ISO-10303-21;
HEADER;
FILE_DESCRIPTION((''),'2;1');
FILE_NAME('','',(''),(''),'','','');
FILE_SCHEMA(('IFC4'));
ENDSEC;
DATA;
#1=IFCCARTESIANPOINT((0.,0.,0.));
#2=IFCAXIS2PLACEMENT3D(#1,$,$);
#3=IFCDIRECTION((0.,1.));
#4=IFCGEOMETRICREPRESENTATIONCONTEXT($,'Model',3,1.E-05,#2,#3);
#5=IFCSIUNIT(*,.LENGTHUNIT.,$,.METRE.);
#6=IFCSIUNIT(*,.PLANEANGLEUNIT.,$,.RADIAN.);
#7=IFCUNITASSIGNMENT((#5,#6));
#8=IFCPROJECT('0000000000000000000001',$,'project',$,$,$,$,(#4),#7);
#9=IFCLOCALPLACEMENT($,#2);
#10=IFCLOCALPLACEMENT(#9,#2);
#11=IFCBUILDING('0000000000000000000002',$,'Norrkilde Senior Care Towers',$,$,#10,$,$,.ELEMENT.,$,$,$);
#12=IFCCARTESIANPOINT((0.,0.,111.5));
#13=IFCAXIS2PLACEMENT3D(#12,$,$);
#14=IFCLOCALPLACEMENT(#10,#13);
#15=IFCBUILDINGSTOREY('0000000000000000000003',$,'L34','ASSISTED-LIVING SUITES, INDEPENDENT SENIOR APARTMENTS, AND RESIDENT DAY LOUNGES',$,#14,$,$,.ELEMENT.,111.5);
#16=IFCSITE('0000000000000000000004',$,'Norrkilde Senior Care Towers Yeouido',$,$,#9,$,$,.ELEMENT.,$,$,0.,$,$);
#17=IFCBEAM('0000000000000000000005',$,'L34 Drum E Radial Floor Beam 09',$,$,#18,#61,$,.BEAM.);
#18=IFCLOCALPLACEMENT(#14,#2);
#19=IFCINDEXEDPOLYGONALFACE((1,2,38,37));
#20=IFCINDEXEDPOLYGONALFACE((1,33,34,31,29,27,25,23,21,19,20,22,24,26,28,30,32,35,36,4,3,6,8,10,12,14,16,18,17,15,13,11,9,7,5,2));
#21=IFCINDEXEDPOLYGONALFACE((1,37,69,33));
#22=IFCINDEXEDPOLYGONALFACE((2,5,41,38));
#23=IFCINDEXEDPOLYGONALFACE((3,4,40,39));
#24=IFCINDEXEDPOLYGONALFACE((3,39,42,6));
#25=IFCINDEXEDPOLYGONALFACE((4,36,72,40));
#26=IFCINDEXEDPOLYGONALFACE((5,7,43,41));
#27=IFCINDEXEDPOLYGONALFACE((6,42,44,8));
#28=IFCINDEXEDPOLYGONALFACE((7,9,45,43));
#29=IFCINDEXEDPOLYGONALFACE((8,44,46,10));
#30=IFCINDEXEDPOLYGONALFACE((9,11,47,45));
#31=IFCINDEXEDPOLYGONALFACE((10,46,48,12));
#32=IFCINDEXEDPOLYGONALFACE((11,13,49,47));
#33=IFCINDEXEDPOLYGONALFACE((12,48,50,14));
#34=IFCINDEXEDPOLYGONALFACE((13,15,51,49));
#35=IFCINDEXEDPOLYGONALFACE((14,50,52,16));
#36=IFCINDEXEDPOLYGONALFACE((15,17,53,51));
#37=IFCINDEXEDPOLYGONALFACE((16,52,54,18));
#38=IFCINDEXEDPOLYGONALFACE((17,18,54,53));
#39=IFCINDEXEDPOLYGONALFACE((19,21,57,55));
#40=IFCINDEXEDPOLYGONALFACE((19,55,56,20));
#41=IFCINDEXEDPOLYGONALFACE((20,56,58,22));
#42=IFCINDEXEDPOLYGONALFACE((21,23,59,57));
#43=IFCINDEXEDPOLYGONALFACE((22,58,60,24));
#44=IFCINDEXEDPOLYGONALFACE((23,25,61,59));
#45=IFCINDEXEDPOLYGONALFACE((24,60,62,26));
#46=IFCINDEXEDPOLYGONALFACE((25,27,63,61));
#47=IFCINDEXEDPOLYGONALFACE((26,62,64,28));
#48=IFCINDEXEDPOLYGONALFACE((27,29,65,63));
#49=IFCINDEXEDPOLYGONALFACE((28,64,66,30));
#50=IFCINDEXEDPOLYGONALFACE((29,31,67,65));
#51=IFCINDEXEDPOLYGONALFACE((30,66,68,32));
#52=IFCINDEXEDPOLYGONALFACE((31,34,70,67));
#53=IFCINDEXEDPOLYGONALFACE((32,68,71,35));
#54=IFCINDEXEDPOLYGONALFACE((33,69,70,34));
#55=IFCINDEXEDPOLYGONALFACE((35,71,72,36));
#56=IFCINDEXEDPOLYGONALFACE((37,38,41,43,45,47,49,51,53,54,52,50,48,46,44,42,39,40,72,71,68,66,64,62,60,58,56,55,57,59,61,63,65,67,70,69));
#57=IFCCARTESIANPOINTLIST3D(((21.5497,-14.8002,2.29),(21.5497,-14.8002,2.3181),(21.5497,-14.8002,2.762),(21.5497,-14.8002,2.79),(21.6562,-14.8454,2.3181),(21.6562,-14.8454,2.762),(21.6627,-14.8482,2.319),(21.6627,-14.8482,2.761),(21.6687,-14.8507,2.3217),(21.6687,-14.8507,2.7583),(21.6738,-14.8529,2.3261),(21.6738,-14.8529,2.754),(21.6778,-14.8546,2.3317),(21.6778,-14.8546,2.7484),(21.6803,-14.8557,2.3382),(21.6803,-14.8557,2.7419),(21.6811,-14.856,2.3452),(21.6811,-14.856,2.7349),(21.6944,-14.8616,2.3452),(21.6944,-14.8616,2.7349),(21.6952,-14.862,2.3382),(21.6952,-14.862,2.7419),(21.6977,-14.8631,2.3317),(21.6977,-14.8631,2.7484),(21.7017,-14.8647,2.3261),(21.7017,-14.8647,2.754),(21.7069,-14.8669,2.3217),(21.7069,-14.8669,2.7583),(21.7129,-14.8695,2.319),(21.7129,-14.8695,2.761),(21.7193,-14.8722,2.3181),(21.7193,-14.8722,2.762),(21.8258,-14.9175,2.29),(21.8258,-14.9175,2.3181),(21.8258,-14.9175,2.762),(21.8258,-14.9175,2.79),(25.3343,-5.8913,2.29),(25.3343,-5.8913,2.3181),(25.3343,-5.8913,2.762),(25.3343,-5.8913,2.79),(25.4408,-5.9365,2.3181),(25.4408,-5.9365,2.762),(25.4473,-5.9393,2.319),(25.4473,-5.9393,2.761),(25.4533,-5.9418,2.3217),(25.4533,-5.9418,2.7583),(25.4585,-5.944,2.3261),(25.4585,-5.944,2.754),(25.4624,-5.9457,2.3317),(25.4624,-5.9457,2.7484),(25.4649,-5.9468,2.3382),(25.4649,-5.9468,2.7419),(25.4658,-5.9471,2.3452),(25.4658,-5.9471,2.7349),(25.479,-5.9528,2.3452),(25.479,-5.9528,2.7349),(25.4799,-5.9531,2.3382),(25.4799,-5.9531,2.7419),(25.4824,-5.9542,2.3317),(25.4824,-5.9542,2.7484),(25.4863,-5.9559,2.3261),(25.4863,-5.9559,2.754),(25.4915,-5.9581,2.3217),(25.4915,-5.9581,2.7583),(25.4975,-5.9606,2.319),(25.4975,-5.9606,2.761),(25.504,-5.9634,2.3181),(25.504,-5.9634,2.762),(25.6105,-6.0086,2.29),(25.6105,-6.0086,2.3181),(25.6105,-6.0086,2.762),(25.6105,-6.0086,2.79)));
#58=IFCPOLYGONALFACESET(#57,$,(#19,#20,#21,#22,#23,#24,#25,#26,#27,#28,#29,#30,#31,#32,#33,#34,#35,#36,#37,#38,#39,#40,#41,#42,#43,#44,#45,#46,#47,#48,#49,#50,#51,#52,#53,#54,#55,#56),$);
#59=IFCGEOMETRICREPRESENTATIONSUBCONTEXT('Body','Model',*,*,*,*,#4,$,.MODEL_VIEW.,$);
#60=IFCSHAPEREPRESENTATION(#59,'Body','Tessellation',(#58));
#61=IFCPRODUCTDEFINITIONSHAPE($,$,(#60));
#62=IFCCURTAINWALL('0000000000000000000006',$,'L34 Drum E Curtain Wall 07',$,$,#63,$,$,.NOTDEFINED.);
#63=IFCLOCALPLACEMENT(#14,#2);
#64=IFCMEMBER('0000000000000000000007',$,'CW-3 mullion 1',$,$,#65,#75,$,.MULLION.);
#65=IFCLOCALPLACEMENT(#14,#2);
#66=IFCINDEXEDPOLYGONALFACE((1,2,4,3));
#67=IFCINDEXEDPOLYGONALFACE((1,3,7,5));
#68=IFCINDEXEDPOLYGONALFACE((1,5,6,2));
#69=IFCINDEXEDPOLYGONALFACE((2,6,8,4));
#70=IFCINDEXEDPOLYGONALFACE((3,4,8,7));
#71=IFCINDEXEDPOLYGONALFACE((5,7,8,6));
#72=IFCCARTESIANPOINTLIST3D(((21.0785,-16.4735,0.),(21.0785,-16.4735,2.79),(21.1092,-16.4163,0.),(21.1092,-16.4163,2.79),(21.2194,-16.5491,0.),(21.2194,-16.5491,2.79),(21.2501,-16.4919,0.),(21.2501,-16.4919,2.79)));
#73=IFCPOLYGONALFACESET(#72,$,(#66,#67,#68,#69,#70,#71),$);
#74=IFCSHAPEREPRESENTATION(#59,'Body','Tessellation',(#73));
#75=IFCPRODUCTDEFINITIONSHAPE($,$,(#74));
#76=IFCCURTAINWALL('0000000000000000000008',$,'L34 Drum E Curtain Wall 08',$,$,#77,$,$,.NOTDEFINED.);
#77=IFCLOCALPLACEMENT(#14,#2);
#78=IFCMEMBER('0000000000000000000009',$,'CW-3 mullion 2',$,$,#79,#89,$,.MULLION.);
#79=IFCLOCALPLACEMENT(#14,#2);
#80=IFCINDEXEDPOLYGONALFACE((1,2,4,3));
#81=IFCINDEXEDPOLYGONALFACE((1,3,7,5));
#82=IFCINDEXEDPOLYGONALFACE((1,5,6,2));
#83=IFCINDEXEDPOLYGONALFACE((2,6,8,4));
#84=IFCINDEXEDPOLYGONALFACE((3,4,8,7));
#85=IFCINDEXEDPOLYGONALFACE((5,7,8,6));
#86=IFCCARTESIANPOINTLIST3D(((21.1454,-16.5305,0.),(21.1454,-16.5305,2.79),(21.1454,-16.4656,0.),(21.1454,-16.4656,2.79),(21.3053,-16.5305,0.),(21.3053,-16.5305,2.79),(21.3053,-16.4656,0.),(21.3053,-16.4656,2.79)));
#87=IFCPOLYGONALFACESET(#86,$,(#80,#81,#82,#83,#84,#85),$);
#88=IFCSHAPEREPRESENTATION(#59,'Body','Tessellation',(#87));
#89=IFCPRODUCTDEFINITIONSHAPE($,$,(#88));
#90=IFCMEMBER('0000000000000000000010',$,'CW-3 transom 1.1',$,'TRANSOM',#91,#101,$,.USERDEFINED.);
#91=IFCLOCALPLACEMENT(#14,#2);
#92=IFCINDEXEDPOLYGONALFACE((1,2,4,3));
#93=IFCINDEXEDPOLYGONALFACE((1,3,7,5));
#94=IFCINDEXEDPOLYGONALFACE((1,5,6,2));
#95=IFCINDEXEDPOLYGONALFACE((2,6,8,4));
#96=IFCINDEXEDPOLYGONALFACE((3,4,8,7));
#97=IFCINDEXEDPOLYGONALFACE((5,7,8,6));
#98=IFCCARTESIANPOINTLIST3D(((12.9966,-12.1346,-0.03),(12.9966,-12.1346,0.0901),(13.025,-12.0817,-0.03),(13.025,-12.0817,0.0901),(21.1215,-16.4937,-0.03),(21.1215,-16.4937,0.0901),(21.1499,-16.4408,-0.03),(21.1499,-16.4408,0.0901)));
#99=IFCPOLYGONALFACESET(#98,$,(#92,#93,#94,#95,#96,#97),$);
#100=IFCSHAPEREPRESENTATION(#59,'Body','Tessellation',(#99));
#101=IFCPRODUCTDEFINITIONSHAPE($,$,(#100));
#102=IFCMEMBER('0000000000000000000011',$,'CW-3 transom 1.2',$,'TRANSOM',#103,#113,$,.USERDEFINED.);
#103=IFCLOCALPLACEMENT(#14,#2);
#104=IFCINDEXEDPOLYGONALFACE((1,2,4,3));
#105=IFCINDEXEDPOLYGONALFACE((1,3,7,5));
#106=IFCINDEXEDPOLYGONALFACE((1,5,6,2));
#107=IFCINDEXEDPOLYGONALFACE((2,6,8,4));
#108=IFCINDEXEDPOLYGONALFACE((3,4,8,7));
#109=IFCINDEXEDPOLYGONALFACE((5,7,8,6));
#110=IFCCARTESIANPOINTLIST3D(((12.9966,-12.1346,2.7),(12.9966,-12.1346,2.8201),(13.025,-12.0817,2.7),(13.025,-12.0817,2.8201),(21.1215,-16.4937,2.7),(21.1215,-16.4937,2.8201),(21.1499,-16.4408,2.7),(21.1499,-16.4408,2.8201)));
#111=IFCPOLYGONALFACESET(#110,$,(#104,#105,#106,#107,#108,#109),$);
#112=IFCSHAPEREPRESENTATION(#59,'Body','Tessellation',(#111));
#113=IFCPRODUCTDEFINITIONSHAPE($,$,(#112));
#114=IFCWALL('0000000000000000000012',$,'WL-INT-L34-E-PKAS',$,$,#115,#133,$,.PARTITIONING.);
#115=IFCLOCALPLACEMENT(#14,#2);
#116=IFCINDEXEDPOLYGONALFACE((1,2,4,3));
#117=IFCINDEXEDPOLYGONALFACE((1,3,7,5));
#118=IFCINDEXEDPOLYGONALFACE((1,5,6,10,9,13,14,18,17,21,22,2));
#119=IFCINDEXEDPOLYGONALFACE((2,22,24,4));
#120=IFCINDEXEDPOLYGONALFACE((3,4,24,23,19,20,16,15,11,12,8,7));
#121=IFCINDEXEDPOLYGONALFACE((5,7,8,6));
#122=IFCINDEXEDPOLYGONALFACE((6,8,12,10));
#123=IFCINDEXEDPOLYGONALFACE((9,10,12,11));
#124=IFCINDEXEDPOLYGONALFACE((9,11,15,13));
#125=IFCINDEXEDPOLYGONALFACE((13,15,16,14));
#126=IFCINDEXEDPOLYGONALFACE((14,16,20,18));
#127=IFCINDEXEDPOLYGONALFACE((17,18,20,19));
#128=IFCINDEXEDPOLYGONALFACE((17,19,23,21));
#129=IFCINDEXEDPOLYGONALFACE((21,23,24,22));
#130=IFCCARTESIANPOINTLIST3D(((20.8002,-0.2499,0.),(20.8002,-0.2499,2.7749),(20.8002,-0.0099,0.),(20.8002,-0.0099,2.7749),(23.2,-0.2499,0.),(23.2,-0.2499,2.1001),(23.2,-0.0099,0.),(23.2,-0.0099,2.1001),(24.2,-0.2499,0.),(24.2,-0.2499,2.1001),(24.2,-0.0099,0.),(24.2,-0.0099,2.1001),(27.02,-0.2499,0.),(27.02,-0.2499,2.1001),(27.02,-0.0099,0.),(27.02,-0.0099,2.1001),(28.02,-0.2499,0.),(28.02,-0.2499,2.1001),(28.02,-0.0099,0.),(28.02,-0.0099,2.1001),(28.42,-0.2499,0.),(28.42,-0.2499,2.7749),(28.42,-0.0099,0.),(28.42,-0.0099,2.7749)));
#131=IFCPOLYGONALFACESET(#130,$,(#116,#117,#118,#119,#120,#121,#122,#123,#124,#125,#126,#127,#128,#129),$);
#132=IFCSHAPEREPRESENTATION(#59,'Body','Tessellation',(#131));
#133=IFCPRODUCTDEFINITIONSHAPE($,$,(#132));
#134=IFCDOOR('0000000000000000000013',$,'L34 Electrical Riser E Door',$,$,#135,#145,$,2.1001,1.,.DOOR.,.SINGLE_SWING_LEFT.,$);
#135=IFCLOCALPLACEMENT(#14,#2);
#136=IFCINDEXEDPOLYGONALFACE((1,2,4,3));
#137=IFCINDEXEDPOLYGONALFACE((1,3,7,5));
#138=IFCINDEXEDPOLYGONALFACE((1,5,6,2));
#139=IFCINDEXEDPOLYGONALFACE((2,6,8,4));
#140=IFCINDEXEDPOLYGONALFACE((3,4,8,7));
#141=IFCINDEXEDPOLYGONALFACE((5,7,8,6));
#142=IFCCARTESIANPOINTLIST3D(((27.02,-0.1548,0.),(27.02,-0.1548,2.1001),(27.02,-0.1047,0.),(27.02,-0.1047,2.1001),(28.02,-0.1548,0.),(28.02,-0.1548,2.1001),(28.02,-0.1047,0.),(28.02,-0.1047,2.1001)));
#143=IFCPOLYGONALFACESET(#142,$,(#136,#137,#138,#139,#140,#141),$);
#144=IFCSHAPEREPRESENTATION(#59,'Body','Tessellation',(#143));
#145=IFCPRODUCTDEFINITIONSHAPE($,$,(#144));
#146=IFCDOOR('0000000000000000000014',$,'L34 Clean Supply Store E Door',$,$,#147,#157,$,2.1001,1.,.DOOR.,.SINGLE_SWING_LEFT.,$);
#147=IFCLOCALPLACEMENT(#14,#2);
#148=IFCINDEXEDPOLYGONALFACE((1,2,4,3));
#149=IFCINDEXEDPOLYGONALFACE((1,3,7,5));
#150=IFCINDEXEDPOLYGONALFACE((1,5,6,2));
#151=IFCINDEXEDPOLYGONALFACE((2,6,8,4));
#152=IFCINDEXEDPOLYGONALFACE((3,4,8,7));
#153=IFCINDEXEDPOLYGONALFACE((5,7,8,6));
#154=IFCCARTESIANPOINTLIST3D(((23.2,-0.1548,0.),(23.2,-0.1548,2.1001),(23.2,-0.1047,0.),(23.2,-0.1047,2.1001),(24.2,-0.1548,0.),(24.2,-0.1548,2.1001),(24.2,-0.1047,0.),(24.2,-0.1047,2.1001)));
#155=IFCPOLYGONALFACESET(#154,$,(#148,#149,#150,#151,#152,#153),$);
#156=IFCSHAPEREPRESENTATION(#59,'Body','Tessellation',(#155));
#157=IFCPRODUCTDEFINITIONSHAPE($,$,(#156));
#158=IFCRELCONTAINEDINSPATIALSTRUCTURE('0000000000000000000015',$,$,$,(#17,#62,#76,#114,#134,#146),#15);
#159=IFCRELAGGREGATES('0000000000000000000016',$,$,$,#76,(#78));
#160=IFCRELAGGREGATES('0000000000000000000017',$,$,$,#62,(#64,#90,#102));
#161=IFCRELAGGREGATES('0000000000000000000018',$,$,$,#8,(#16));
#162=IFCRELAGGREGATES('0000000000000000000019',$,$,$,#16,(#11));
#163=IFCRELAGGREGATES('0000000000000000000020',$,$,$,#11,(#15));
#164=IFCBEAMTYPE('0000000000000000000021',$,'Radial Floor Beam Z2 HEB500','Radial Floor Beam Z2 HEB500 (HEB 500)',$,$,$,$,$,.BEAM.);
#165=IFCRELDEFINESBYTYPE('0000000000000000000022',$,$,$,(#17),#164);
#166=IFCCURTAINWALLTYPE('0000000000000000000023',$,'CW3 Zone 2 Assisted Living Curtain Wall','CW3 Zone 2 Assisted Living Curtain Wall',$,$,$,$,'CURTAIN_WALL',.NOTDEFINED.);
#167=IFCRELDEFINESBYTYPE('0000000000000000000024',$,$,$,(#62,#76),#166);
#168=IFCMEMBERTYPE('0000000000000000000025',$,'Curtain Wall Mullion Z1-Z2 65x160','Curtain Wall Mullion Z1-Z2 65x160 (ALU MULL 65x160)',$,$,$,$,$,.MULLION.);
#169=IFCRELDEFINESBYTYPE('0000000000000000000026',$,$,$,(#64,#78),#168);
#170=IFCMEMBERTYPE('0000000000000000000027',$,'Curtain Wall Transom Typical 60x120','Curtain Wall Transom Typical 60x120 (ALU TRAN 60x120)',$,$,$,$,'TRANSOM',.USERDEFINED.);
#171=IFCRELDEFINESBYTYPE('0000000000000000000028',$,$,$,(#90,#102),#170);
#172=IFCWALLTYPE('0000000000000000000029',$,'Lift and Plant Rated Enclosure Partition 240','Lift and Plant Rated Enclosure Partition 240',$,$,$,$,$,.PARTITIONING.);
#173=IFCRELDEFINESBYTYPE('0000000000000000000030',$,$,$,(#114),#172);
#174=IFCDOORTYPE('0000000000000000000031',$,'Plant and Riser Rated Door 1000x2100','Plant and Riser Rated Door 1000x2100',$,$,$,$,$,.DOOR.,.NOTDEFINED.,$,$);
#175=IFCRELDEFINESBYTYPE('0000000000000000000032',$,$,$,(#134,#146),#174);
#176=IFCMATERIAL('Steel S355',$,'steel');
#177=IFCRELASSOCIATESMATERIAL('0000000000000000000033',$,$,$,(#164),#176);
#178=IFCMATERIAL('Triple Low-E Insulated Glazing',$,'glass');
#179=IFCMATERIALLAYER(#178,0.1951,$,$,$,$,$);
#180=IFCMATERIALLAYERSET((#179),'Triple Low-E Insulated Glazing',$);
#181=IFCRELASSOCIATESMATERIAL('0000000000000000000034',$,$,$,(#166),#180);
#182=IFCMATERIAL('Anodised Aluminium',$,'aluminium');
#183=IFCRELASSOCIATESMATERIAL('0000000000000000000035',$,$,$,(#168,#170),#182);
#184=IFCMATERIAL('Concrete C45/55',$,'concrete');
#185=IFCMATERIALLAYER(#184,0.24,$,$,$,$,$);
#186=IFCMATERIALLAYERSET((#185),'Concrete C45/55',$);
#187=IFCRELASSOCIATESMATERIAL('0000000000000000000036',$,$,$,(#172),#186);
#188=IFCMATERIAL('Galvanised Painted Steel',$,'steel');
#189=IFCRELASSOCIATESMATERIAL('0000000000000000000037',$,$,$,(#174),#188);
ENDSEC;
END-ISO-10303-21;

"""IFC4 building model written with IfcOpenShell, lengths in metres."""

from ifc_helpers import new_model, si_unit, direction, frame, frame_2d, origin, origin_2d, place, context, subcontext, project, spatial, rectangle, i_section, extrude, source, transform, mapped, material, layer, layer_set, material_profile, profile_set, type_object, type_shapes, element, fill, aggregate, save


model = new_model("IFC4")

# Units and contexts
model_context = context("Model", 3, precision=1e-05, world=origin(), true_north=direction((0.0, 1.0)))
body_context = subcontext(model_context, "Body", "Model", "MODEL_VIEW")
ifc_project = project(units=[si_unit("LENGTHUNIT", "METRE"), si_unit("PLANEANGLEUNIT", "RADIAN")], contexts=[model_context])

# Site, building, storey
site_placement = place(None, origin())
site = spatial("IfcSite", under=ifc_project, at=site_placement, Name="Norrkilde Senior Care Towers Yeouido", CompositionType="ELEMENT", RefElevation=0.0)
building_placement = place(site_placement, origin())
building = spatial("IfcBuilding", under=site, at=building_placement, Name="Norrkilde Senior Care Towers", CompositionType="ELEMENT")
storey_placement = place(building_placement, frame((0.0, 0.0, 111.5)))
storey = spatial("IfcBuildingStorey", under=building, at=storey_placement, Name="L34", Description="ASSISTED-LIVING SUITES, INDEPENDENT SENIOR APARTMENTS, AND RESIDENT DAY LOUNGES", CompositionType="ELEMENT", Elevation=111.5)

# Beam
ifc_material_1 = material(Name="Steel S355", Category="steel")
ifc_material_profile_1 = material_profile(ifc_material_1, i_section(OverallWidth=0.3, OverallDepth=0.5, WebThickness=0.0144, FlangeThickness=0.0281, FilletRadius=0.0271, at=origin_2d()), Name="HEB 500")
ifc_profile_set_1 = profile_set([ifc_material_profile_1], Name="Steel S355")
beam_type_1 = type_object("IfcBeamType", Name="Radial Floor Beam Z2 HEB500", Description="Radial Floor Beam Z2 HEB500 (HEB 500)", PredefinedType="BEAM", material=ifc_profile_set_1)
shared_shape_1 = source(origin(), body_context, "Body", "SweptSolid", [
    extrude(i_section(OverallWidth=0.3, OverallDepth=0.5, WebThickness=0.0144, FlangeThickness=0.0281, FilletRadius=0.0271, at=origin_2d()), origin(), (0.0, 0.0, 1.0), 9.6794),
])
beam_1_placement = place(storey_placement, frame((25.4724, -5.95, 2.54), z_axis=(-0.390998, -0.920392, 0.0), x_axis=(0.920392, -0.390998, 0.0)))
element("IfcBeam", 1, at=beam_1_placement, inside=storey, type_object=beam_type_1, Name="L34 Drum E Radial Floor Beam 09", PredefinedType="BEAM", context=body_context, shape_type="MappedRepresentation", body=[
    mapped(shared_shape_1, transform((0.0, 0.0, 0.0), x_axis=(1.0, 0.0, 0.0), y_axis=(0.0, 1.0, 0.0), z_axis=(0.0, 0.0, 1.0), scale=1.0)),
])

# Curtain walls, members
ifc_material_2 = material(Name="Triple Low-E Insulated Glazing", Category="glass")
ifc_layer_1 = layer(ifc_material_2, 0.1951)
ifc_layer_set_1 = layer_set([ifc_layer_1], Name="Triple Low-E Insulated Glazing")
curtain_wall_type = type_object("IfcCurtainWallType", Name="CW3 Zone 2 Assisted Living Curtain Wall", Description="CW3 Zone 2 Assisted Living Curtain Wall", ElementType="CURTAIN_WALL", PredefinedType="NOTDEFINED", material=ifc_layer_set_1)
curtain_wall_1_placement = place(storey_placement, origin())
curtain_wall_1 = element("IfcCurtainWall", 2, at=curtain_wall_1_placement, inside=storey, type_object=curtain_wall_type, Name="L34 Drum E Curtain Wall 07", PredefinedType="NOTDEFINED")
ifc_material_3 = material(Name="Anodised Aluminium", Category="aluminium")
ifc_material_profile_2 = material_profile(ifc_material_3, rectangle(XDim=0.0649, YDim=0.1599, at=origin_2d()), Name="ALU MULL 65x160")
ifc_profile_set_2 = profile_set([ifc_material_profile_2], Name="Anodised Aluminium")
member_type_1 = type_object("IfcMemberType", Name="Curtain Wall Mullion Z1-Z2 65x160", Description="Curtain Wall Mullion Z1-Z2 65x160 (ALU MULL 65x160)", PredefinedType="MULLION", material=ifc_profile_set_2)
shared_shape_2 = source(origin(), body_context, "Body", "SweptSolid", [
    extrude(rectangle(XDim=0.0649, YDim=0.1599, at=origin_2d()), origin(), (0.0, 0.0, 1.0), 2.79),
])
type_shapes(member_type_1, [shared_shape_2])
member_1_placement = place(storey_placement, frame((21.1643, -16.4827, 0.0), z_axis=(0.0, 0.0, 1.0), x_axis=(-0.472769, -0.881186, 0.0)))
member_1 = element("IfcMember", 3, at=member_1_placement, type_object=member_type_1, Name="CW-3 mullion 1", PredefinedType="MULLION", context=body_context, shape_type="MappedRepresentation", body=[
    mapped(shared_shape_2, transform((0.0, 0.0, 0.0), x_axis=(1.0, 0.0, 0.0), y_axis=(0.0, 1.0, 0.0), z_axis=(0.0, 0.0, 1.0), scale=1.0)),
])
curtain_wall_2_placement = place(storey_placement, origin())
curtain_wall_2 = element("IfcCurtainWall", 4, at=curtain_wall_2_placement, inside=storey, type_object=curtain_wall_type, Name="L34 Drum E Curtain Wall 08", PredefinedType="NOTDEFINED")
member_2_placement = place(storey_placement, frame((21.2253, -16.498, 0.0), z_axis=(0.0, 0.0, 1.0), x_axis=(0.0, -1.0, 0.0)))
member_2 = element("IfcMember", 5, at=member_2_placement, type_object=member_type_1, Name="CW-3 mullion 2", PredefinedType="MULLION", context=body_context, shape_type="MappedRepresentation", body=[
    mapped(shared_shape_2, transform((0.0, 0.0, 0.0), x_axis=(1.0, 0.0, 0.0), y_axis=(0.0, 1.0, 0.0), z_axis=(0.0, 0.0, 1.0), scale=1.0)),
])
aggregate(curtain_wall_2, [member_2])

# Members
ifc_material_profile_3 = material_profile(ifc_material_3, rectangle(XDim=0.0601, YDim=0.1201, at=origin_2d()), Name="ALU TRAN 60x120")
ifc_profile_set_3 = profile_set([ifc_material_profile_3], Name="Anodised Aluminium")
member_type_2 = type_object("IfcMemberType", Name="Curtain Wall Transom Typical 60x120", Description="Curtain Wall Transom Typical 60x120 (ALU TRAN 60x120)", ElementType="TRANSOM", PredefinedType="USERDEFINED", material=ifc_profile_set_3)
shared_shape_3 = source(origin(), body_context, "Body", "SweptSolid", [
    extrude(rectangle(XDim=0.0601, YDim=0.1201, at=origin_2d()), origin(), (0.0, 0.0, 1.0), 9.2205),
])
type_shapes(member_type_2, [shared_shape_3])
member_3_placement = place(storey_placement, frame((21.1357, -16.4673, 0.03), z_axis=(-0.881189, 0.472765, 0.0), x_axis=(-0.472765, -0.881189, 0.0)))
member_3 = element("IfcMember", 6, at=member_3_placement, type_object=member_type_2, Name="CW-3 transom 1.1", ObjectType="TRANSOM", PredefinedType="USERDEFINED", context=body_context, shape_type="MappedRepresentation", body=[
    mapped(shared_shape_3, transform((0.0, 0.0, 0.0), x_axis=(1.0, 0.0, 0.0), y_axis=(0.0, 1.0, 0.0), z_axis=(0.0, 0.0, 1.0), scale=1.0)),
])
member_4_placement = place(storey_placement, frame((21.1357, -16.4673, 2.76), z_axis=(-0.881189, 0.472765, 0.0), x_axis=(-0.472765, -0.881189, 0.0)))
member_4 = element("IfcMember", 7, at=member_4_placement, type_object=member_type_2, Name="CW-3 transom 1.2", ObjectType="TRANSOM", PredefinedType="USERDEFINED", context=body_context, shape_type="MappedRepresentation", body=[
    mapped(shared_shape_3, transform((0.0, 0.0, 0.0), x_axis=(1.0, 0.0, 0.0), y_axis=(0.0, 1.0, 0.0), z_axis=(0.0, 0.0, 1.0), scale=1.0)),
])
aggregate(curtain_wall_1, [member_1, member_3, member_4])

# Wall, openings, doors
ifc_material_4 = material(Name="Concrete C45/55", Category="concrete")
ifc_layer_2 = layer(ifc_material_4, 0.24)
ifc_layer_set_2 = layer_set([ifc_layer_2], Name="Concrete C45/55")
wall_type_1 = type_object("IfcWallType", Name="Lift and Plant Rated Enclosure Partition 240", Description="Lift and Plant Rated Enclosure Partition 240", PredefinedType="PARTITIONING", material=ifc_layer_set_2)
shared_shape_4 = source(origin(), body_context, "Body", "SweptSolid", [
    extrude(rectangle(XDim=7.6199, YDim=0.24, at=frame_2d((3.8101, 0.0))), origin(), (0.0, 0.0, 1.0), 2.7749),
])
type_shapes(wall_type_1, [shared_shape_4])
wall_1_placement = place(storey_placement, frame((20.8, -0.1299, 0.0), z_axis=(0.0, 0.0, 1.0), x_axis=(1.0, 0.0, 0.0)))
wall_1 = element("IfcWall", 8, at=wall_1_placement, inside=storey, type_object=wall_type_1, Name="WL-INT-L34-E-PKAS", PredefinedType="PARTITIONING", context=body_context, shape_type="MappedRepresentation", body=[
    mapped(shared_shape_4, transform((0.0, 0.0, 0.0), x_axis=(1.0, 0.0, 0.0), y_axis=(0.0, 1.0, 0.0), z_axis=(0.0, 0.0, 1.0), scale=1.0)),
])
opening_1_placement = place(wall_1_placement, frame((6.22, 0.0, 0.0)))
opening_1 = element("IfcOpeningElement", 9, at=opening_1_placement, cuts=wall_1, PredefinedType="OPENING", context=body_context, shape_type="SweptSolid", body=[
    extrude(rectangle(XDim=1.0, YDim=2.1001, at=frame_2d((0.5, 1.05))), frame((0.0, 0.1299, 0.0), z_axis=(0.0, -1.0, 0.0), x_axis=(1.0, 0.0, 0.0)), (0.0, 0.0, 1.0), 0.26),
])
opening_2_placement = place(wall_1_placement, frame((2.3999, 0.0, 0.0)))
opening_2 = element("IfcOpeningElement", 10, at=opening_2_placement, cuts=wall_1, PredefinedType="OPENING", context=body_context, shape_type="SweptSolid", body=[
    extrude(rectangle(XDim=1.0, YDim=2.1001, at=frame_2d((0.5, 1.05))), frame((0.0, 0.1299, 0.0), z_axis=(0.0, -1.0, 0.0), x_axis=(1.0, 0.0, 0.0)), (0.0, 0.0, 1.0), 0.26),
])
ifc_material_5 = material(Name="Galvanised Painted Steel", Category="steel")
door_type_1 = type_object("IfcDoorType", Name="Plant and Riser Rated Door 1000x2100", Description="Plant and Riser Rated Door 1000x2100", OperationType="NOTDEFINED", PredefinedType="DOOR", material=ifc_material_5)
shared_shape_5 = source(origin(), body_context, "Body", "SweptSolid", [
    extrude(rectangle(XDim=1.0, YDim=2.1001, at=frame_2d((0.5, 1.05))), frame((0.0, 0.0249, 0.0), z_axis=(0.0, -1.0, 0.0), x_axis=(1.0, 0.0, 0.0)), (0.0, 0.0, 1.0), 0.05),
])
type_shapes(door_type_1, [shared_shape_5])
door_1_placement = place(opening_1_placement, frame((1.0, 0.0, 0.0), z_axis=(0.0, 0.0, 1.0), x_axis=(-1.0, 0.0, 0.0)))
door_1 = element("IfcDoor", 11, at=door_1_placement, inside=storey, type_object=door_type_1, Name="L34 Electrical Riser E Door", OperationType="SINGLE_SWING_LEFT", OverallHeight=2.1001, OverallWidth=1.0, PredefinedType="DOOR", context=body_context, shape_type="MappedRepresentation", body=[
    mapped(shared_shape_5, transform((0.0, 0.0, 0.0), x_axis=(1.0, 0.0, 0.0), y_axis=(0.0, 1.0, 0.0), z_axis=(0.0, 0.0, 1.0), scale=1.0)),
])
fill(opening_1, door_1)
door_2_placement = place(opening_2_placement, frame((1.0, 0.0, 0.0), z_axis=(0.0, 0.0, 1.0), x_axis=(-1.0, 0.0, 0.0)))
door_2 = element("IfcDoor", 12, at=door_2_placement, inside=storey, type_object=door_type_1, Name="L34 Clean Supply Store E Door", OperationType="SINGLE_SWING_LEFT", OverallHeight=2.1001, OverallWidth=1.0, PredefinedType="DOOR", context=body_context, shape_type="MappedRepresentation", body=[
    mapped(shared_shape_5, transform((0.0, 0.0, 0.0), x_axis=(1.0, 0.0, 0.0), y_axis=(0.0, 1.0, 0.0), z_axis=(0.0, 0.0, 1.0), scale=1.0)),
])
fill(opening_2, door_2)

save(model, "model.ifc")
